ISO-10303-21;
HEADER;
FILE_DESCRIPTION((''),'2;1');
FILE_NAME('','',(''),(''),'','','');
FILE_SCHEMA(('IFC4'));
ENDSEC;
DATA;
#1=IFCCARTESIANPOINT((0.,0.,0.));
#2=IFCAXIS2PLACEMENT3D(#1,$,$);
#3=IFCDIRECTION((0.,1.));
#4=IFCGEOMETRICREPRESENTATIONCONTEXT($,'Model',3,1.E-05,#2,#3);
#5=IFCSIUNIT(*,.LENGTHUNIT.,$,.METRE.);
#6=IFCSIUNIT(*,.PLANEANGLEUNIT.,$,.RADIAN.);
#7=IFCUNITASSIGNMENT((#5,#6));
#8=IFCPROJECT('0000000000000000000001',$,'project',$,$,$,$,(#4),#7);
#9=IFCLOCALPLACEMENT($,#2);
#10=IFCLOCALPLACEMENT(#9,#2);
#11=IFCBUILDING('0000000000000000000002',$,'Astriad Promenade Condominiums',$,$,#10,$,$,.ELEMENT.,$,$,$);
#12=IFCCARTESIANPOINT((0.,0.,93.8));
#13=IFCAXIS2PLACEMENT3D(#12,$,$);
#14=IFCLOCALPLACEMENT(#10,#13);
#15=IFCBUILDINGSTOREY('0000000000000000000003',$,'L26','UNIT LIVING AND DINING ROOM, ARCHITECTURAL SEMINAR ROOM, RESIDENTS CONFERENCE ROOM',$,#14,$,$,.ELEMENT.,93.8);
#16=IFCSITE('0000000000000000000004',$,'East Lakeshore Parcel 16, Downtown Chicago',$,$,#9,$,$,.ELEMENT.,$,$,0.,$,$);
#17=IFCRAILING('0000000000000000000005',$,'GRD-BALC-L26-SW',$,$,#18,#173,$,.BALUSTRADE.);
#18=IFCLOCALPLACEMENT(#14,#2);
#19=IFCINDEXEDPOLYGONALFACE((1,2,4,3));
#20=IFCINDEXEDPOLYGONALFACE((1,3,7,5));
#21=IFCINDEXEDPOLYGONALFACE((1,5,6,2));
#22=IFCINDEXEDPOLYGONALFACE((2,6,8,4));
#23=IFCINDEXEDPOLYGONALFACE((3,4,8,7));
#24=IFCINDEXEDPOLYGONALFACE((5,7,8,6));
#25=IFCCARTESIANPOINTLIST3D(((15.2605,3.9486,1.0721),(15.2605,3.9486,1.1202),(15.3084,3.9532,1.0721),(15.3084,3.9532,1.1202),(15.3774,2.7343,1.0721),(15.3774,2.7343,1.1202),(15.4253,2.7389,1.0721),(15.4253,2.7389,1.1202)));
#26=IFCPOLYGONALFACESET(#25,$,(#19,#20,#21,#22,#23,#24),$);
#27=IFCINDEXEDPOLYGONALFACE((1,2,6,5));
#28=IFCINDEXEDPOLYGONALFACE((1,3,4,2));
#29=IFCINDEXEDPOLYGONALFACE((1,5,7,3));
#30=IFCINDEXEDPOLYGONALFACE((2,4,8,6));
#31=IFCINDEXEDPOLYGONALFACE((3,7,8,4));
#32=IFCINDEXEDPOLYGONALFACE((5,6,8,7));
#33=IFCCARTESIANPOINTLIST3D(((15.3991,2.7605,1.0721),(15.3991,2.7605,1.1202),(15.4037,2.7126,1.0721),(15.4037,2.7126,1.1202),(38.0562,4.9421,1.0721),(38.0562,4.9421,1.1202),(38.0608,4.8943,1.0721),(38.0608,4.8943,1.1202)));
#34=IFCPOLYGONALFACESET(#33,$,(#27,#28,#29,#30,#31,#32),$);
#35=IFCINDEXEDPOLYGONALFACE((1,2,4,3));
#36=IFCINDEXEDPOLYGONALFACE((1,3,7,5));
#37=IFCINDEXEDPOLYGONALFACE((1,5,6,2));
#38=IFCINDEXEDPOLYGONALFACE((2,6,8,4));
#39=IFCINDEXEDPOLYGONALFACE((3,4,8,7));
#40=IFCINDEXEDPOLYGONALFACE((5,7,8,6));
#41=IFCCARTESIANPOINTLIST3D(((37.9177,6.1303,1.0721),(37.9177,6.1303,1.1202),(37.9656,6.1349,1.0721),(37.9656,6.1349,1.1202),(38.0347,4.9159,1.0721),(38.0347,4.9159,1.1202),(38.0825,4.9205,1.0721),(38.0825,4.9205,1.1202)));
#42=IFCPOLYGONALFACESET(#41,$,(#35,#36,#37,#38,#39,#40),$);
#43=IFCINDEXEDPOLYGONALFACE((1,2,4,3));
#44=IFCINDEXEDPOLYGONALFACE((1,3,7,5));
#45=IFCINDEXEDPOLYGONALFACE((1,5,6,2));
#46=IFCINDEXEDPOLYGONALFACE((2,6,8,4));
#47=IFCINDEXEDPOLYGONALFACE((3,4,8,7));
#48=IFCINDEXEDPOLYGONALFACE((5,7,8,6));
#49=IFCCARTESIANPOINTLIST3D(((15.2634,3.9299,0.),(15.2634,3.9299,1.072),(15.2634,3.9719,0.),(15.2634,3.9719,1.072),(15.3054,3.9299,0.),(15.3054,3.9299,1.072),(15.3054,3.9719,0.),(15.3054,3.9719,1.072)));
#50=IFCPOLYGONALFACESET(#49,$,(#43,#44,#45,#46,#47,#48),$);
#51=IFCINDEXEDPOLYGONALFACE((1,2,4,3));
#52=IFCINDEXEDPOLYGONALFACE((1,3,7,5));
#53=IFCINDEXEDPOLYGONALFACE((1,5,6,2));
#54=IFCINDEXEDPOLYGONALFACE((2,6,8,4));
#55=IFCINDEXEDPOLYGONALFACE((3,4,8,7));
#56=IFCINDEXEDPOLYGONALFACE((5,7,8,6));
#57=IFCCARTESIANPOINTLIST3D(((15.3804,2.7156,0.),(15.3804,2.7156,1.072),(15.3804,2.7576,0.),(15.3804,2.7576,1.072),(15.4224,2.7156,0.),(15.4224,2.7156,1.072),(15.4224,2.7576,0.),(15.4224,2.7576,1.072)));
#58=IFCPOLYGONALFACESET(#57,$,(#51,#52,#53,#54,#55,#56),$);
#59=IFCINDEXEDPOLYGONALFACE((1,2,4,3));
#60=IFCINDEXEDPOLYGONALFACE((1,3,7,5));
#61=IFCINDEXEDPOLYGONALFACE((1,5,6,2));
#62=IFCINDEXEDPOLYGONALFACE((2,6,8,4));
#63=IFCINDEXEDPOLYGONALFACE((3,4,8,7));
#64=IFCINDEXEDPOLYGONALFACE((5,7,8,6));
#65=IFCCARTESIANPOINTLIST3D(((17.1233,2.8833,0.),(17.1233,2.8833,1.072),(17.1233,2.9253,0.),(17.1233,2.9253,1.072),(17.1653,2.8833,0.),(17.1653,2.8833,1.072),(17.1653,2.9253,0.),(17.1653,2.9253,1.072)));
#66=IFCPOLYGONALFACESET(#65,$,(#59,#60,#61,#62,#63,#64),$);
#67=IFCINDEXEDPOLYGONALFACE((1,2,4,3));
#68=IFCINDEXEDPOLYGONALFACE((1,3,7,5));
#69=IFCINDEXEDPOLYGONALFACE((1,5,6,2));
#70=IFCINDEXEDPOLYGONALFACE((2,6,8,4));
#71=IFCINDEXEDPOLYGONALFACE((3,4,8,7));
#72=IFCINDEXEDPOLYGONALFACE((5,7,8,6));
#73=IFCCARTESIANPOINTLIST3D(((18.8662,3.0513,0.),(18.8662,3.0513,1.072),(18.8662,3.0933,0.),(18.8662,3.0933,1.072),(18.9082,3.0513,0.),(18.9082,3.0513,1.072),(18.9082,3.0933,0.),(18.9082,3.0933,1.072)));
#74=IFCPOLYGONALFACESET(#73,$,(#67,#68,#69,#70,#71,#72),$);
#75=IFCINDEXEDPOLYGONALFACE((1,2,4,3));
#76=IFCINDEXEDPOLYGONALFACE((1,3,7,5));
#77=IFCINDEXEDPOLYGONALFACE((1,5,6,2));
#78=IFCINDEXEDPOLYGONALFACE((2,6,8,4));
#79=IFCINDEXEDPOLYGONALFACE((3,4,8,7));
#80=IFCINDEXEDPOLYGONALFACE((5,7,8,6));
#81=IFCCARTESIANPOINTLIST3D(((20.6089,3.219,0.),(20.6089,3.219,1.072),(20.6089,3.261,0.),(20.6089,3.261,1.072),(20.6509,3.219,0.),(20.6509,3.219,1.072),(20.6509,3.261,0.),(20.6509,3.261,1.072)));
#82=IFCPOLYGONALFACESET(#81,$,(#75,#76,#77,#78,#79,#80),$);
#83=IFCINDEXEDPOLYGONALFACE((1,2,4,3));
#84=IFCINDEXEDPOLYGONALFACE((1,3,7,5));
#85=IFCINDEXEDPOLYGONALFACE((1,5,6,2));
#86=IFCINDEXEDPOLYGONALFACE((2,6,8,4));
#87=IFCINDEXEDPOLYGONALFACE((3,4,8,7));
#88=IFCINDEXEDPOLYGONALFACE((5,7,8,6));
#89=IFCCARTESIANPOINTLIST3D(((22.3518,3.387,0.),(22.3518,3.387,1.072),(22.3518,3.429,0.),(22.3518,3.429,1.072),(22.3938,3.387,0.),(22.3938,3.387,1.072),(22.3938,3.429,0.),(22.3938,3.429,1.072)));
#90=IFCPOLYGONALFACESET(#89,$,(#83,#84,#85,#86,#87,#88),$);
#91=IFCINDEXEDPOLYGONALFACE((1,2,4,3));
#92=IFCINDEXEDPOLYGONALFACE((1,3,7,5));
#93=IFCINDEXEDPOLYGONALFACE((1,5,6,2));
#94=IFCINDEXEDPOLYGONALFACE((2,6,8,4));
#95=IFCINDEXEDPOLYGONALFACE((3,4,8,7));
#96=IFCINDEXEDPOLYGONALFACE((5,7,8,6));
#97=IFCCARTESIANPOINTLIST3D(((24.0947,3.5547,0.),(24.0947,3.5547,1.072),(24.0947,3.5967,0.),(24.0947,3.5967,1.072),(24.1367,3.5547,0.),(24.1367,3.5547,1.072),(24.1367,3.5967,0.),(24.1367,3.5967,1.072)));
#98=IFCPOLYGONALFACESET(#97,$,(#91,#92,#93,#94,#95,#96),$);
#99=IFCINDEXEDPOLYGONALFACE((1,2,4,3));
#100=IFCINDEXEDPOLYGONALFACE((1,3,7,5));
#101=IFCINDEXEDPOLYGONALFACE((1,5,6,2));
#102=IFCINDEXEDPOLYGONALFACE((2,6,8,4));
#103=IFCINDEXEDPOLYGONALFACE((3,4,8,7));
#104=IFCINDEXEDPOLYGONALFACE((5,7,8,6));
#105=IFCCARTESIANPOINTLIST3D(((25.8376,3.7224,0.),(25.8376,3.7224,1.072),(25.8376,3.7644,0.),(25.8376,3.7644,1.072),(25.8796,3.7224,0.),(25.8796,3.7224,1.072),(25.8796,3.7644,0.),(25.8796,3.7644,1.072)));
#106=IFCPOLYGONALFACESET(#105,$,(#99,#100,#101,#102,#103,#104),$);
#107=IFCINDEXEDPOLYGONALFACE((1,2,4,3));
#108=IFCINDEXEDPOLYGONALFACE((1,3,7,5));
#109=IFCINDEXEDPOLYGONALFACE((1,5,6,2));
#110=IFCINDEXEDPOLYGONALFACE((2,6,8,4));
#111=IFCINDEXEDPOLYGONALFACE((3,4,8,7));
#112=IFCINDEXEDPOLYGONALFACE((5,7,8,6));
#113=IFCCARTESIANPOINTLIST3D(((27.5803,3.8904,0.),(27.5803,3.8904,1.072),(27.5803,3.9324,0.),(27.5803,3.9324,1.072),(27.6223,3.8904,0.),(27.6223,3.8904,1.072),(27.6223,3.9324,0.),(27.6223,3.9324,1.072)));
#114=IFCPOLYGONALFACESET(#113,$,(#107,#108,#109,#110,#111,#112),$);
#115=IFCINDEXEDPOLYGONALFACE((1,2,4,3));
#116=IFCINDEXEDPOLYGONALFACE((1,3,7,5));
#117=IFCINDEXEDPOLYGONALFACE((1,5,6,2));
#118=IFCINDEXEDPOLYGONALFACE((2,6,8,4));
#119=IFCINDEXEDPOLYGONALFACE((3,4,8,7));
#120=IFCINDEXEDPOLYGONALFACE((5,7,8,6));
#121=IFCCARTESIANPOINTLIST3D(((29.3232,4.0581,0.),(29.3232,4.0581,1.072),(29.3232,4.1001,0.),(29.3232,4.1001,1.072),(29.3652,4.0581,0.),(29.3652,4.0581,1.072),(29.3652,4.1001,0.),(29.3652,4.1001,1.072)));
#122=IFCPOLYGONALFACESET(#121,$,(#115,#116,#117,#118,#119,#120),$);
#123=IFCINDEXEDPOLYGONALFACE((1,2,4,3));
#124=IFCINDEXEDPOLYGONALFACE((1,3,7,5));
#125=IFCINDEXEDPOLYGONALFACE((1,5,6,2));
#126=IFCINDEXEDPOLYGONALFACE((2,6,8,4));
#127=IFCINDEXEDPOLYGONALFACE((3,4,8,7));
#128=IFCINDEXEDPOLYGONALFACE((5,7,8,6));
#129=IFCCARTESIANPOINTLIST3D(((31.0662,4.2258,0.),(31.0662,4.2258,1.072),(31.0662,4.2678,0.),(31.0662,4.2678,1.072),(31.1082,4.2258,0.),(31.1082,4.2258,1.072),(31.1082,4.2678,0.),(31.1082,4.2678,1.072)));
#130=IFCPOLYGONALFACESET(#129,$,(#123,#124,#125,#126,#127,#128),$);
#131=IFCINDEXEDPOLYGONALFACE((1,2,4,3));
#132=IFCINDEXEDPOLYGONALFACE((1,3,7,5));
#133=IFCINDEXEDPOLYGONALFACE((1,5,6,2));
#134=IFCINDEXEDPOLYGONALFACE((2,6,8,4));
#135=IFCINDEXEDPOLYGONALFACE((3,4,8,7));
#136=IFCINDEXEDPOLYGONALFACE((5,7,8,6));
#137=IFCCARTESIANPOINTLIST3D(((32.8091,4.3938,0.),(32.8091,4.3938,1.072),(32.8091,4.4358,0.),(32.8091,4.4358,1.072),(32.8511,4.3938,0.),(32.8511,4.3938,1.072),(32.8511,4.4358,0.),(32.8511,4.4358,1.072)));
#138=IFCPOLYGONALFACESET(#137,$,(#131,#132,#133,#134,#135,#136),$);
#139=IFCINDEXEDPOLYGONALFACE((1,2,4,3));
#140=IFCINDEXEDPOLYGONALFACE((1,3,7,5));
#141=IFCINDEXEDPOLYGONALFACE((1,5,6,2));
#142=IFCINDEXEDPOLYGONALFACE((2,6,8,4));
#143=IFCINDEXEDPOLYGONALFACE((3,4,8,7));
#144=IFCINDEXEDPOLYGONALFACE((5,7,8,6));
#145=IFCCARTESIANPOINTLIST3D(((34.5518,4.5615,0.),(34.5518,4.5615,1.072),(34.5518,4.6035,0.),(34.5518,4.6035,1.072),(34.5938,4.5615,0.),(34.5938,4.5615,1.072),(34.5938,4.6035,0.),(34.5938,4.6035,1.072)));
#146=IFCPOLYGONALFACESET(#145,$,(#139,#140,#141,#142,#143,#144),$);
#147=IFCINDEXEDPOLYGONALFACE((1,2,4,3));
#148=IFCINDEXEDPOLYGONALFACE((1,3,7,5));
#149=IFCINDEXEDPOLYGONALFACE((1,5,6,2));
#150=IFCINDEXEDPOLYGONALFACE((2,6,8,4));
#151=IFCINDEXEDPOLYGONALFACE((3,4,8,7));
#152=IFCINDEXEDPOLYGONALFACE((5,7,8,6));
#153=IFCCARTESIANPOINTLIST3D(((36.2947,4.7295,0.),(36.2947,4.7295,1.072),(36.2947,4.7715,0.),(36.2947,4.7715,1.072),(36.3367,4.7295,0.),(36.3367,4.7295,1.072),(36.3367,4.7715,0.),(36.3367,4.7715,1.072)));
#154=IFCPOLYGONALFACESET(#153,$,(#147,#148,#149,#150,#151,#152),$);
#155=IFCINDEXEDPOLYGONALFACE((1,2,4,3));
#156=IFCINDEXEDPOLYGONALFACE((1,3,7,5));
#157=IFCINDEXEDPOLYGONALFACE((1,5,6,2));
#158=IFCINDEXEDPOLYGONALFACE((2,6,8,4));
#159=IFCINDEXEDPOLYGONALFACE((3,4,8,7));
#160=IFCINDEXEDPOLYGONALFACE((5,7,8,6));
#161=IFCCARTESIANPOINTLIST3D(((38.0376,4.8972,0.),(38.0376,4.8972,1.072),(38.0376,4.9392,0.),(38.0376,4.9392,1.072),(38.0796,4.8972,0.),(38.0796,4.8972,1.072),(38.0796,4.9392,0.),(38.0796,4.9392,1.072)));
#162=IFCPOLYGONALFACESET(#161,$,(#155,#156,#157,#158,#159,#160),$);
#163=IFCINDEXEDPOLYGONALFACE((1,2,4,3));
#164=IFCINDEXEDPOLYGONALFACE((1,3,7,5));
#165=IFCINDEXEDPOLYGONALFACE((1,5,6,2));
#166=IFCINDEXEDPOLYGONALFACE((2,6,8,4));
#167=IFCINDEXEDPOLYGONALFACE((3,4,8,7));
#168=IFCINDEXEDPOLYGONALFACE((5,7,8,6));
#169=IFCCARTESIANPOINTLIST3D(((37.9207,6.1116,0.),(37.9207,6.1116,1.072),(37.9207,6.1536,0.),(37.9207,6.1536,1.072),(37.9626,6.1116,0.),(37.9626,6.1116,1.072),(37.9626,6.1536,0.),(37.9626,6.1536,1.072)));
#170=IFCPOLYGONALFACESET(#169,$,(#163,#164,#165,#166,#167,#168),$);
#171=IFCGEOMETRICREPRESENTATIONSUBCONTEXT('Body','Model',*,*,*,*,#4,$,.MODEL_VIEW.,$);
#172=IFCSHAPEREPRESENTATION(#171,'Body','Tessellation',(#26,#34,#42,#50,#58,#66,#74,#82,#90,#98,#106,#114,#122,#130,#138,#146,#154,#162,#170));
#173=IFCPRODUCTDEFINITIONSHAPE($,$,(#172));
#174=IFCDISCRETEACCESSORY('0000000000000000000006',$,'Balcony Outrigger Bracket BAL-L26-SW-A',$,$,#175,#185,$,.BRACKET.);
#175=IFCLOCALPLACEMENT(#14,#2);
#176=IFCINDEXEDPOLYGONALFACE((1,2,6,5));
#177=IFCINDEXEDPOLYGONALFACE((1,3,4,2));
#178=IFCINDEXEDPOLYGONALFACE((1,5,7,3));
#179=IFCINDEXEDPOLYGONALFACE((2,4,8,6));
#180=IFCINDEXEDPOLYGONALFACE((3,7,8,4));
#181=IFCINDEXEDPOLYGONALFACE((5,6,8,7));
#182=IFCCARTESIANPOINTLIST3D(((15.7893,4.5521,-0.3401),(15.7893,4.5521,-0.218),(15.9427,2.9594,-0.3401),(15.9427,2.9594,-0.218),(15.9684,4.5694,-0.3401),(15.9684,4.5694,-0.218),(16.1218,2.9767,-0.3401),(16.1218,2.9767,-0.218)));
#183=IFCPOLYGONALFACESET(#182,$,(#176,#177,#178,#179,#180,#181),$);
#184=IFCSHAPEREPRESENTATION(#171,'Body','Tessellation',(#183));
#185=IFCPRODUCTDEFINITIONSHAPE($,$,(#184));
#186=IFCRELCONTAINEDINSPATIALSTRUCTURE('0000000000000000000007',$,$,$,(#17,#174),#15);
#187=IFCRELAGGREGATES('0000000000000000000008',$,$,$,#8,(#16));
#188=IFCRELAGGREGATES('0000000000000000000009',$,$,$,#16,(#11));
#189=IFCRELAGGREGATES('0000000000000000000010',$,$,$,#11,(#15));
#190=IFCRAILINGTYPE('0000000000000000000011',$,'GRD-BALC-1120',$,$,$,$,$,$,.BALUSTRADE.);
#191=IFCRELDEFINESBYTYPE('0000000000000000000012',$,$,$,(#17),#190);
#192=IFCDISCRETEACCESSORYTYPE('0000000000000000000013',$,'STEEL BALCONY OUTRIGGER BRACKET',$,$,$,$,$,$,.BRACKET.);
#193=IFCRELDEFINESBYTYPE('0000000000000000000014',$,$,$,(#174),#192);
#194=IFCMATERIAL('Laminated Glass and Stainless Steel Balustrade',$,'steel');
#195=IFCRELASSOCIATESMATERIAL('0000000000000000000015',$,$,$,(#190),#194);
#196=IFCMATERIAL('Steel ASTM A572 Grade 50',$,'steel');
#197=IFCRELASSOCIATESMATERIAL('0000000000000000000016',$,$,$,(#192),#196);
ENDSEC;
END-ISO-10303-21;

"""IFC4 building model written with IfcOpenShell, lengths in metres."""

from ifc_helpers import new_model, si_unit, direction, frame, origin, origin_2d, place, context, subcontext, project, spatial, rectangle, extrude, source, transform, mapped, material, type_object, type_shapes, element, save


model = new_model("IFC4")

# Units and contexts
model_context = context("Model", 3, precision=1e-05, world=origin(), true_north=direction((0.0, 1.0)))
body_context = subcontext(model_context, "Body", "Model", "MODEL_VIEW")
ifc_project = project(units=[si_unit("LENGTHUNIT", "METRE"), si_unit("PLANEANGLEUNIT", "RADIAN")], contexts=[model_context])

# Site, building, storey
site_placement = place(None, origin())
site = spatial("IfcSite", under=ifc_project, at=site_placement, Name="East Lakeshore Parcel 16, Downtown Chicago", CompositionType="ELEMENT", RefElevation=0.0)
building_placement = place(site_placement, origin())
building = spatial("IfcBuilding", under=site, at=building_placement, Name="Astriad Promenade Condominiums", CompositionType="ELEMENT")
storey_placement = place(building_placement, frame((0.0, 0.0, 93.8)))
storey = spatial("IfcBuildingStorey", under=building, at=storey_placement, Name="L26", Description="UNIT LIVING AND DINING ROOM, ARCHITECTURAL SEMINAR ROOM, RESIDENTS CONFERENCE ROOM", CompositionType="ELEMENT", Elevation=93.8)

# Railing
ifc_material_1 = material(Name="Laminated Glass and Stainless Steel Balustrade", Category="steel")
railing_type = type_object("IfcRailingType", Name="GRD-BALC-1120", PredefinedType="BALUSTRADE", material=ifc_material_1)
shared_shape_1 = source(origin(), body_context, "Body", "SweptSolid", [
    extrude(rectangle(XDim=0.0481, YDim=0.0481, at=origin_2d()), frame((0.0, 0.0, 1.0962), z_axis=(0.095857, -0.995395, 0.0), x_axis=(0.995395, 0.095857, 0.0)), (0.0, 0.0, 1.0), 1.22),
    extrude(rectangle(XDim=0.0481, YDim=0.0481, at=origin_2d()), frame((0.1169, -1.2144, 1.0962), z_axis=(0.995396, 0.095846, 0.0), x_axis=(-0.095846, 0.995396, 0.0)), (0.0, 0.0, 1.0), 22.762),
    extrude(rectangle(XDim=0.0481, YDim=0.0481, at=origin_2d()), frame((22.7742, 0.9673, 1.0962), z_axis=(-0.095857, 0.995395, 0.0), x_axis=(-0.995395, -0.095857, 0.0)), (0.0, 0.0, 1.0), 1.22),
    extrude(rectangle(XDim=0.042, YDim=0.042, at=origin_2d()), origin(), (0.0, 0.0, 1.0), 1.072),
    extrude(rectangle(XDim=0.042, YDim=0.042, at=origin_2d()), frame((0.1169, -1.2144, 0.0)), (0.0, 0.0, 1.0), 1.072),
    extrude(rectangle(XDim=0.042, YDim=0.042, at=origin_2d()), frame((1.8599, -1.0466, 0.0)), (0.0, 0.0, 1.0), 1.072),
    extrude(rectangle(XDim=0.042, YDim=0.042, at=origin_2d()), frame((3.6028, -0.8787, 0.0)), (0.0, 0.0, 1.0), 1.072),
    extrude(rectangle(XDim=0.042, YDim=0.042, at=origin_2d()), frame((5.3455, -0.7109, 0.0)), (0.0, 0.0, 1.0), 1.072),
    extrude(rectangle(XDim=0.042, YDim=0.042, at=origin_2d()), frame((7.0884, -0.543, 0.0)), (0.0, 0.0, 1.0), 1.072),
    extrude(rectangle(XDim=0.042, YDim=0.042, at=origin_2d()), frame((8.8313, -0.3752, 0.0)), (0.0, 0.0, 1.0), 1.072),
    extrude(rectangle(XDim=0.042, YDim=0.042, at=origin_2d()), frame((10.5742, -0.2075, 0.0)), (0.0, 0.0, 1.0), 1.072),
    extrude(rectangle(XDim=0.042, YDim=0.042, at=origin_2d()), frame((12.3169, -0.0396, 0.0)), (0.0, 0.0, 1.0), 1.072),
    extrude(rectangle(XDim=0.042, YDim=0.042, at=origin_2d()), frame((14.0598, 0.1282, 0.0)), (0.0, 0.0, 1.0), 1.072),
    extrude(rectangle(XDim=0.042, YDim=0.042, at=origin_2d()), frame((15.8027, 0.2959, 0.0)), (0.0, 0.0, 1.0), 1.072),
    extrude(rectangle(XDim=0.042, YDim=0.042, at=origin_2d()), frame((17.5457, 0.4639, 0.0)), (0.0, 0.0, 1.0), 1.072),
    extrude(rectangle(XDim=0.042, YDim=0.042, at=origin_2d()), frame((19.2883, 0.6316, 0.0)), (0.0, 0.0, 1.0), 1.072),
    extrude(rectangle(XDim=0.042, YDim=0.042, at=origin_2d()), frame((21.0312, 0.7996, 0.0)), (0.0, 0.0, 1.0), 1.072),
    extrude(rectangle(XDim=0.042, YDim=0.042, at=origin_2d()), frame((22.7742, 0.9673, 0.0)), (0.0, 0.0, 1.0), 1.072),
    extrude(rectangle(XDim=0.042, YDim=0.042, at=origin_2d()), frame((22.6572, 2.1816, 0.0)), (0.0, 0.0, 1.0), 1.072),
])
type_shapes(railing_type, [shared_shape_1])
railing_placement = place(storey_placement, frame((15.2844, 3.9509, 0.0)))
element("IfcRailing", 1, at=railing_placement, inside=storey, type_object=railing_type, Name="GRD-BALC-L26-SW", PredefinedType="BALUSTRADE", context=body_context, shape_type="MappedRepresentation", body=[
    mapped(shared_shape_1, transform((0.0, 0.0, 0.0), scale=1.0)),
])

# Discrete accessory
ifc_material_2 = material(Name="Steel ASTM A572 Grade 50", Category="steel")
discrete_accessory_type = type_object("IfcDiscreteAccessoryType", Name="STEEL BALCONY OUTRIGGER BRACKET", PredefinedType="BRACKET", material=ifc_material_2)
shared_shape_2 = source(origin(), body_context, "Body", "SweptSolid", [
    extrude(rectangle(XDim=1.6001, YDim=0.1799, at=origin_2d()), origin(), (0.0, 0.0, 1.0), 0.1221),
])
type_shapes(discrete_accessory_type, [shared_shape_2])
discrete_accessory_placement = place(storey_placement, frame((15.9556, 3.7644, -0.3401), z_axis=(0.0, 0.0, 1.0), x_axis=(0.095846, -0.995396, 0.0)))
element("IfcDiscreteAccessory", 2, at=discrete_accessory_placement, inside=storey, type_object=discrete_accessory_type, Name="Balcony Outrigger Bracket BAL-L26-SW-A", PredefinedType="BRACKET", context=body_context, shape_type="MappedRepresentation", body=[
    mapped(shared_shape_2, transform((0.0, 0.0, 0.0), scale=1.0)),
])

save(model, "model.ifc")
